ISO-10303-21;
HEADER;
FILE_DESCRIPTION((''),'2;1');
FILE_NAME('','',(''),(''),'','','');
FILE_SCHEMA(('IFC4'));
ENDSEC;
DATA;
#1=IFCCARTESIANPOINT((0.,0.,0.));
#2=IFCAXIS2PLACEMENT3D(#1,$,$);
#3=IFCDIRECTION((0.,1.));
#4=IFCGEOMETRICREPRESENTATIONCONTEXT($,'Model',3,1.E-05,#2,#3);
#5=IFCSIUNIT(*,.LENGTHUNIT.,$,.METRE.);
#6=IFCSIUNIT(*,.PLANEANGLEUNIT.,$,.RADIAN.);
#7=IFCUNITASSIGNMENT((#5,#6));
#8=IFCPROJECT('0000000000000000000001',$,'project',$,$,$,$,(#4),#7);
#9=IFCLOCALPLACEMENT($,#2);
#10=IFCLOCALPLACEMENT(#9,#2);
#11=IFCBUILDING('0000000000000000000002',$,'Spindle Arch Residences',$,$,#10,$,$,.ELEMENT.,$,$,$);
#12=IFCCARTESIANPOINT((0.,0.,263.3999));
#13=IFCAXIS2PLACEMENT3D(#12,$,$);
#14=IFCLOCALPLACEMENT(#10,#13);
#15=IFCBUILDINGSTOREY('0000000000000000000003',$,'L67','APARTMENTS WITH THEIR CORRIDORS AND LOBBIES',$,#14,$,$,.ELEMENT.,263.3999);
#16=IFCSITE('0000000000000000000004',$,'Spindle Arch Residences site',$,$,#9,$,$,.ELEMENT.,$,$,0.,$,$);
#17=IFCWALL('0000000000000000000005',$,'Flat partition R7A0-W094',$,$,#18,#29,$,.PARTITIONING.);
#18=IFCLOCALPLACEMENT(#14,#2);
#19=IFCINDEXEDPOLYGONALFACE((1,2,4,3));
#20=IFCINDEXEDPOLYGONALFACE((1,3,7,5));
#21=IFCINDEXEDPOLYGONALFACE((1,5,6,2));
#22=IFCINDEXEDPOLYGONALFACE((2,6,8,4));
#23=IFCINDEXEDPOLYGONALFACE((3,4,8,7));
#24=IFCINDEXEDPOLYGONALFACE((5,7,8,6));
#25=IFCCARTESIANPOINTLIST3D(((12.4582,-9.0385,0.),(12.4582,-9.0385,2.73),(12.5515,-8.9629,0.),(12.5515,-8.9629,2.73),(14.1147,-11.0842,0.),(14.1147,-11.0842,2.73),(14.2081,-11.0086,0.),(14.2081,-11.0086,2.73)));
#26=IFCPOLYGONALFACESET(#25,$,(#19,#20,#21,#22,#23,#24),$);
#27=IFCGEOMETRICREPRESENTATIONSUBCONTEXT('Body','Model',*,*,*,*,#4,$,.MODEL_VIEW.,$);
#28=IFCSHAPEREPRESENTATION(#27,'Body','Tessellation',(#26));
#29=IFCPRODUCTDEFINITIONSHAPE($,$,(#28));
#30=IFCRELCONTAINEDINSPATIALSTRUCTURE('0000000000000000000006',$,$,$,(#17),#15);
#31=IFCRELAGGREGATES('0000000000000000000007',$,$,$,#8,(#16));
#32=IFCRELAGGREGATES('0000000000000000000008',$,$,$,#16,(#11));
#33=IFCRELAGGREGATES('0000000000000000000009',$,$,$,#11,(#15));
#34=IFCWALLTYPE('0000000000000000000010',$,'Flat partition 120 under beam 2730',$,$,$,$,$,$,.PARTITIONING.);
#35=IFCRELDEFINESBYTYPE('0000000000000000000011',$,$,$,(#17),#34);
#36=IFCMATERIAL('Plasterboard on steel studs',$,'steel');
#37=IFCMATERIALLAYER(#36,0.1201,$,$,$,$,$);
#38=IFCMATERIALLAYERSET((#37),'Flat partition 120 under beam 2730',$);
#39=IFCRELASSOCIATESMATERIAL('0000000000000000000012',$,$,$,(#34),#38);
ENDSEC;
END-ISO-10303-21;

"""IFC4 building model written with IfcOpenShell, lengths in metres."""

from ifc_helpers import new_model, si_unit, direction, frame, frame_2d, origin, place, context, subcontext, project, spatial, rectangle, extrude, material, layer, layer_set, type_object, element, save


model = new_model("IFC4")

# Units and contexts
model_context = context("Model", 3, precision=1e-05, world=origin(), true_north=direction((0.0, 1.0)))
body_context = subcontext(model_context, "Body", "Model", "MODEL_VIEW")
ifc_project = project(units=[si_unit("LENGTHUNIT", "METRE"), si_unit("PLANEANGLEUNIT", "RADIAN")], contexts=[model_context])

# Site, building, storey
site_placement = place(None, origin())
site = spatial("IfcSite", under=ifc_project, at=site_placement, Name="Spindle Arch Residences site", CompositionType="ELEMENT", RefElevation=0.0)
building_placement = place(site_placement, origin())
building = spatial("IfcBuilding", under=site, at=building_placement, Name="Spindle Arch Residences", CompositionType="ELEMENT")
storey_placement = place(building_placement, frame((0.0, 0.0, 263.3999)))
storey = spatial("IfcBuildingStorey", under=building, at=storey_placement, Name="L67", Description="APARTMENTS WITH THEIR CORRIDORS AND LOBBIES", CompositionType="ELEMENT", Elevation=263.3999)

# Wall
ifc_material_1 = material(Name="Plasterboard on steel studs", Category="steel")
ifc_layer_1 = layer(ifc_material_1, 0.1201)
ifc_layer_set_1 = layer_set([ifc_layer_1], Name="Flat partition 120 under beam 2730")
wall_type_1 = type_object("IfcWallType", Name="Flat partition 120 under beam 2730", PredefinedType="PARTITIONING", material=ifc_layer_set_1)
wall_1_placement = place(storey_placement, frame((14.1614, -11.0464, 0.0), z_axis=(0.0, 0.0, 1.0), x_axis=(-0.62931, 0.777154, 0.0)))
element("IfcWall", 1, at=wall_1_placement, inside=storey, type_object=wall_type_1, Name="Flat partition R7A0-W094", PredefinedType="PARTITIONING", context=body_context, shape_type="SweptSolid", body=[
    extrude(rectangle(XDim=2.6323, YDim=0.1201, at=frame_2d((1.3162, 0.0))), origin(), (0.0, 0.0, 1.0), 2.73),
])

save(model, "model.ifc")
